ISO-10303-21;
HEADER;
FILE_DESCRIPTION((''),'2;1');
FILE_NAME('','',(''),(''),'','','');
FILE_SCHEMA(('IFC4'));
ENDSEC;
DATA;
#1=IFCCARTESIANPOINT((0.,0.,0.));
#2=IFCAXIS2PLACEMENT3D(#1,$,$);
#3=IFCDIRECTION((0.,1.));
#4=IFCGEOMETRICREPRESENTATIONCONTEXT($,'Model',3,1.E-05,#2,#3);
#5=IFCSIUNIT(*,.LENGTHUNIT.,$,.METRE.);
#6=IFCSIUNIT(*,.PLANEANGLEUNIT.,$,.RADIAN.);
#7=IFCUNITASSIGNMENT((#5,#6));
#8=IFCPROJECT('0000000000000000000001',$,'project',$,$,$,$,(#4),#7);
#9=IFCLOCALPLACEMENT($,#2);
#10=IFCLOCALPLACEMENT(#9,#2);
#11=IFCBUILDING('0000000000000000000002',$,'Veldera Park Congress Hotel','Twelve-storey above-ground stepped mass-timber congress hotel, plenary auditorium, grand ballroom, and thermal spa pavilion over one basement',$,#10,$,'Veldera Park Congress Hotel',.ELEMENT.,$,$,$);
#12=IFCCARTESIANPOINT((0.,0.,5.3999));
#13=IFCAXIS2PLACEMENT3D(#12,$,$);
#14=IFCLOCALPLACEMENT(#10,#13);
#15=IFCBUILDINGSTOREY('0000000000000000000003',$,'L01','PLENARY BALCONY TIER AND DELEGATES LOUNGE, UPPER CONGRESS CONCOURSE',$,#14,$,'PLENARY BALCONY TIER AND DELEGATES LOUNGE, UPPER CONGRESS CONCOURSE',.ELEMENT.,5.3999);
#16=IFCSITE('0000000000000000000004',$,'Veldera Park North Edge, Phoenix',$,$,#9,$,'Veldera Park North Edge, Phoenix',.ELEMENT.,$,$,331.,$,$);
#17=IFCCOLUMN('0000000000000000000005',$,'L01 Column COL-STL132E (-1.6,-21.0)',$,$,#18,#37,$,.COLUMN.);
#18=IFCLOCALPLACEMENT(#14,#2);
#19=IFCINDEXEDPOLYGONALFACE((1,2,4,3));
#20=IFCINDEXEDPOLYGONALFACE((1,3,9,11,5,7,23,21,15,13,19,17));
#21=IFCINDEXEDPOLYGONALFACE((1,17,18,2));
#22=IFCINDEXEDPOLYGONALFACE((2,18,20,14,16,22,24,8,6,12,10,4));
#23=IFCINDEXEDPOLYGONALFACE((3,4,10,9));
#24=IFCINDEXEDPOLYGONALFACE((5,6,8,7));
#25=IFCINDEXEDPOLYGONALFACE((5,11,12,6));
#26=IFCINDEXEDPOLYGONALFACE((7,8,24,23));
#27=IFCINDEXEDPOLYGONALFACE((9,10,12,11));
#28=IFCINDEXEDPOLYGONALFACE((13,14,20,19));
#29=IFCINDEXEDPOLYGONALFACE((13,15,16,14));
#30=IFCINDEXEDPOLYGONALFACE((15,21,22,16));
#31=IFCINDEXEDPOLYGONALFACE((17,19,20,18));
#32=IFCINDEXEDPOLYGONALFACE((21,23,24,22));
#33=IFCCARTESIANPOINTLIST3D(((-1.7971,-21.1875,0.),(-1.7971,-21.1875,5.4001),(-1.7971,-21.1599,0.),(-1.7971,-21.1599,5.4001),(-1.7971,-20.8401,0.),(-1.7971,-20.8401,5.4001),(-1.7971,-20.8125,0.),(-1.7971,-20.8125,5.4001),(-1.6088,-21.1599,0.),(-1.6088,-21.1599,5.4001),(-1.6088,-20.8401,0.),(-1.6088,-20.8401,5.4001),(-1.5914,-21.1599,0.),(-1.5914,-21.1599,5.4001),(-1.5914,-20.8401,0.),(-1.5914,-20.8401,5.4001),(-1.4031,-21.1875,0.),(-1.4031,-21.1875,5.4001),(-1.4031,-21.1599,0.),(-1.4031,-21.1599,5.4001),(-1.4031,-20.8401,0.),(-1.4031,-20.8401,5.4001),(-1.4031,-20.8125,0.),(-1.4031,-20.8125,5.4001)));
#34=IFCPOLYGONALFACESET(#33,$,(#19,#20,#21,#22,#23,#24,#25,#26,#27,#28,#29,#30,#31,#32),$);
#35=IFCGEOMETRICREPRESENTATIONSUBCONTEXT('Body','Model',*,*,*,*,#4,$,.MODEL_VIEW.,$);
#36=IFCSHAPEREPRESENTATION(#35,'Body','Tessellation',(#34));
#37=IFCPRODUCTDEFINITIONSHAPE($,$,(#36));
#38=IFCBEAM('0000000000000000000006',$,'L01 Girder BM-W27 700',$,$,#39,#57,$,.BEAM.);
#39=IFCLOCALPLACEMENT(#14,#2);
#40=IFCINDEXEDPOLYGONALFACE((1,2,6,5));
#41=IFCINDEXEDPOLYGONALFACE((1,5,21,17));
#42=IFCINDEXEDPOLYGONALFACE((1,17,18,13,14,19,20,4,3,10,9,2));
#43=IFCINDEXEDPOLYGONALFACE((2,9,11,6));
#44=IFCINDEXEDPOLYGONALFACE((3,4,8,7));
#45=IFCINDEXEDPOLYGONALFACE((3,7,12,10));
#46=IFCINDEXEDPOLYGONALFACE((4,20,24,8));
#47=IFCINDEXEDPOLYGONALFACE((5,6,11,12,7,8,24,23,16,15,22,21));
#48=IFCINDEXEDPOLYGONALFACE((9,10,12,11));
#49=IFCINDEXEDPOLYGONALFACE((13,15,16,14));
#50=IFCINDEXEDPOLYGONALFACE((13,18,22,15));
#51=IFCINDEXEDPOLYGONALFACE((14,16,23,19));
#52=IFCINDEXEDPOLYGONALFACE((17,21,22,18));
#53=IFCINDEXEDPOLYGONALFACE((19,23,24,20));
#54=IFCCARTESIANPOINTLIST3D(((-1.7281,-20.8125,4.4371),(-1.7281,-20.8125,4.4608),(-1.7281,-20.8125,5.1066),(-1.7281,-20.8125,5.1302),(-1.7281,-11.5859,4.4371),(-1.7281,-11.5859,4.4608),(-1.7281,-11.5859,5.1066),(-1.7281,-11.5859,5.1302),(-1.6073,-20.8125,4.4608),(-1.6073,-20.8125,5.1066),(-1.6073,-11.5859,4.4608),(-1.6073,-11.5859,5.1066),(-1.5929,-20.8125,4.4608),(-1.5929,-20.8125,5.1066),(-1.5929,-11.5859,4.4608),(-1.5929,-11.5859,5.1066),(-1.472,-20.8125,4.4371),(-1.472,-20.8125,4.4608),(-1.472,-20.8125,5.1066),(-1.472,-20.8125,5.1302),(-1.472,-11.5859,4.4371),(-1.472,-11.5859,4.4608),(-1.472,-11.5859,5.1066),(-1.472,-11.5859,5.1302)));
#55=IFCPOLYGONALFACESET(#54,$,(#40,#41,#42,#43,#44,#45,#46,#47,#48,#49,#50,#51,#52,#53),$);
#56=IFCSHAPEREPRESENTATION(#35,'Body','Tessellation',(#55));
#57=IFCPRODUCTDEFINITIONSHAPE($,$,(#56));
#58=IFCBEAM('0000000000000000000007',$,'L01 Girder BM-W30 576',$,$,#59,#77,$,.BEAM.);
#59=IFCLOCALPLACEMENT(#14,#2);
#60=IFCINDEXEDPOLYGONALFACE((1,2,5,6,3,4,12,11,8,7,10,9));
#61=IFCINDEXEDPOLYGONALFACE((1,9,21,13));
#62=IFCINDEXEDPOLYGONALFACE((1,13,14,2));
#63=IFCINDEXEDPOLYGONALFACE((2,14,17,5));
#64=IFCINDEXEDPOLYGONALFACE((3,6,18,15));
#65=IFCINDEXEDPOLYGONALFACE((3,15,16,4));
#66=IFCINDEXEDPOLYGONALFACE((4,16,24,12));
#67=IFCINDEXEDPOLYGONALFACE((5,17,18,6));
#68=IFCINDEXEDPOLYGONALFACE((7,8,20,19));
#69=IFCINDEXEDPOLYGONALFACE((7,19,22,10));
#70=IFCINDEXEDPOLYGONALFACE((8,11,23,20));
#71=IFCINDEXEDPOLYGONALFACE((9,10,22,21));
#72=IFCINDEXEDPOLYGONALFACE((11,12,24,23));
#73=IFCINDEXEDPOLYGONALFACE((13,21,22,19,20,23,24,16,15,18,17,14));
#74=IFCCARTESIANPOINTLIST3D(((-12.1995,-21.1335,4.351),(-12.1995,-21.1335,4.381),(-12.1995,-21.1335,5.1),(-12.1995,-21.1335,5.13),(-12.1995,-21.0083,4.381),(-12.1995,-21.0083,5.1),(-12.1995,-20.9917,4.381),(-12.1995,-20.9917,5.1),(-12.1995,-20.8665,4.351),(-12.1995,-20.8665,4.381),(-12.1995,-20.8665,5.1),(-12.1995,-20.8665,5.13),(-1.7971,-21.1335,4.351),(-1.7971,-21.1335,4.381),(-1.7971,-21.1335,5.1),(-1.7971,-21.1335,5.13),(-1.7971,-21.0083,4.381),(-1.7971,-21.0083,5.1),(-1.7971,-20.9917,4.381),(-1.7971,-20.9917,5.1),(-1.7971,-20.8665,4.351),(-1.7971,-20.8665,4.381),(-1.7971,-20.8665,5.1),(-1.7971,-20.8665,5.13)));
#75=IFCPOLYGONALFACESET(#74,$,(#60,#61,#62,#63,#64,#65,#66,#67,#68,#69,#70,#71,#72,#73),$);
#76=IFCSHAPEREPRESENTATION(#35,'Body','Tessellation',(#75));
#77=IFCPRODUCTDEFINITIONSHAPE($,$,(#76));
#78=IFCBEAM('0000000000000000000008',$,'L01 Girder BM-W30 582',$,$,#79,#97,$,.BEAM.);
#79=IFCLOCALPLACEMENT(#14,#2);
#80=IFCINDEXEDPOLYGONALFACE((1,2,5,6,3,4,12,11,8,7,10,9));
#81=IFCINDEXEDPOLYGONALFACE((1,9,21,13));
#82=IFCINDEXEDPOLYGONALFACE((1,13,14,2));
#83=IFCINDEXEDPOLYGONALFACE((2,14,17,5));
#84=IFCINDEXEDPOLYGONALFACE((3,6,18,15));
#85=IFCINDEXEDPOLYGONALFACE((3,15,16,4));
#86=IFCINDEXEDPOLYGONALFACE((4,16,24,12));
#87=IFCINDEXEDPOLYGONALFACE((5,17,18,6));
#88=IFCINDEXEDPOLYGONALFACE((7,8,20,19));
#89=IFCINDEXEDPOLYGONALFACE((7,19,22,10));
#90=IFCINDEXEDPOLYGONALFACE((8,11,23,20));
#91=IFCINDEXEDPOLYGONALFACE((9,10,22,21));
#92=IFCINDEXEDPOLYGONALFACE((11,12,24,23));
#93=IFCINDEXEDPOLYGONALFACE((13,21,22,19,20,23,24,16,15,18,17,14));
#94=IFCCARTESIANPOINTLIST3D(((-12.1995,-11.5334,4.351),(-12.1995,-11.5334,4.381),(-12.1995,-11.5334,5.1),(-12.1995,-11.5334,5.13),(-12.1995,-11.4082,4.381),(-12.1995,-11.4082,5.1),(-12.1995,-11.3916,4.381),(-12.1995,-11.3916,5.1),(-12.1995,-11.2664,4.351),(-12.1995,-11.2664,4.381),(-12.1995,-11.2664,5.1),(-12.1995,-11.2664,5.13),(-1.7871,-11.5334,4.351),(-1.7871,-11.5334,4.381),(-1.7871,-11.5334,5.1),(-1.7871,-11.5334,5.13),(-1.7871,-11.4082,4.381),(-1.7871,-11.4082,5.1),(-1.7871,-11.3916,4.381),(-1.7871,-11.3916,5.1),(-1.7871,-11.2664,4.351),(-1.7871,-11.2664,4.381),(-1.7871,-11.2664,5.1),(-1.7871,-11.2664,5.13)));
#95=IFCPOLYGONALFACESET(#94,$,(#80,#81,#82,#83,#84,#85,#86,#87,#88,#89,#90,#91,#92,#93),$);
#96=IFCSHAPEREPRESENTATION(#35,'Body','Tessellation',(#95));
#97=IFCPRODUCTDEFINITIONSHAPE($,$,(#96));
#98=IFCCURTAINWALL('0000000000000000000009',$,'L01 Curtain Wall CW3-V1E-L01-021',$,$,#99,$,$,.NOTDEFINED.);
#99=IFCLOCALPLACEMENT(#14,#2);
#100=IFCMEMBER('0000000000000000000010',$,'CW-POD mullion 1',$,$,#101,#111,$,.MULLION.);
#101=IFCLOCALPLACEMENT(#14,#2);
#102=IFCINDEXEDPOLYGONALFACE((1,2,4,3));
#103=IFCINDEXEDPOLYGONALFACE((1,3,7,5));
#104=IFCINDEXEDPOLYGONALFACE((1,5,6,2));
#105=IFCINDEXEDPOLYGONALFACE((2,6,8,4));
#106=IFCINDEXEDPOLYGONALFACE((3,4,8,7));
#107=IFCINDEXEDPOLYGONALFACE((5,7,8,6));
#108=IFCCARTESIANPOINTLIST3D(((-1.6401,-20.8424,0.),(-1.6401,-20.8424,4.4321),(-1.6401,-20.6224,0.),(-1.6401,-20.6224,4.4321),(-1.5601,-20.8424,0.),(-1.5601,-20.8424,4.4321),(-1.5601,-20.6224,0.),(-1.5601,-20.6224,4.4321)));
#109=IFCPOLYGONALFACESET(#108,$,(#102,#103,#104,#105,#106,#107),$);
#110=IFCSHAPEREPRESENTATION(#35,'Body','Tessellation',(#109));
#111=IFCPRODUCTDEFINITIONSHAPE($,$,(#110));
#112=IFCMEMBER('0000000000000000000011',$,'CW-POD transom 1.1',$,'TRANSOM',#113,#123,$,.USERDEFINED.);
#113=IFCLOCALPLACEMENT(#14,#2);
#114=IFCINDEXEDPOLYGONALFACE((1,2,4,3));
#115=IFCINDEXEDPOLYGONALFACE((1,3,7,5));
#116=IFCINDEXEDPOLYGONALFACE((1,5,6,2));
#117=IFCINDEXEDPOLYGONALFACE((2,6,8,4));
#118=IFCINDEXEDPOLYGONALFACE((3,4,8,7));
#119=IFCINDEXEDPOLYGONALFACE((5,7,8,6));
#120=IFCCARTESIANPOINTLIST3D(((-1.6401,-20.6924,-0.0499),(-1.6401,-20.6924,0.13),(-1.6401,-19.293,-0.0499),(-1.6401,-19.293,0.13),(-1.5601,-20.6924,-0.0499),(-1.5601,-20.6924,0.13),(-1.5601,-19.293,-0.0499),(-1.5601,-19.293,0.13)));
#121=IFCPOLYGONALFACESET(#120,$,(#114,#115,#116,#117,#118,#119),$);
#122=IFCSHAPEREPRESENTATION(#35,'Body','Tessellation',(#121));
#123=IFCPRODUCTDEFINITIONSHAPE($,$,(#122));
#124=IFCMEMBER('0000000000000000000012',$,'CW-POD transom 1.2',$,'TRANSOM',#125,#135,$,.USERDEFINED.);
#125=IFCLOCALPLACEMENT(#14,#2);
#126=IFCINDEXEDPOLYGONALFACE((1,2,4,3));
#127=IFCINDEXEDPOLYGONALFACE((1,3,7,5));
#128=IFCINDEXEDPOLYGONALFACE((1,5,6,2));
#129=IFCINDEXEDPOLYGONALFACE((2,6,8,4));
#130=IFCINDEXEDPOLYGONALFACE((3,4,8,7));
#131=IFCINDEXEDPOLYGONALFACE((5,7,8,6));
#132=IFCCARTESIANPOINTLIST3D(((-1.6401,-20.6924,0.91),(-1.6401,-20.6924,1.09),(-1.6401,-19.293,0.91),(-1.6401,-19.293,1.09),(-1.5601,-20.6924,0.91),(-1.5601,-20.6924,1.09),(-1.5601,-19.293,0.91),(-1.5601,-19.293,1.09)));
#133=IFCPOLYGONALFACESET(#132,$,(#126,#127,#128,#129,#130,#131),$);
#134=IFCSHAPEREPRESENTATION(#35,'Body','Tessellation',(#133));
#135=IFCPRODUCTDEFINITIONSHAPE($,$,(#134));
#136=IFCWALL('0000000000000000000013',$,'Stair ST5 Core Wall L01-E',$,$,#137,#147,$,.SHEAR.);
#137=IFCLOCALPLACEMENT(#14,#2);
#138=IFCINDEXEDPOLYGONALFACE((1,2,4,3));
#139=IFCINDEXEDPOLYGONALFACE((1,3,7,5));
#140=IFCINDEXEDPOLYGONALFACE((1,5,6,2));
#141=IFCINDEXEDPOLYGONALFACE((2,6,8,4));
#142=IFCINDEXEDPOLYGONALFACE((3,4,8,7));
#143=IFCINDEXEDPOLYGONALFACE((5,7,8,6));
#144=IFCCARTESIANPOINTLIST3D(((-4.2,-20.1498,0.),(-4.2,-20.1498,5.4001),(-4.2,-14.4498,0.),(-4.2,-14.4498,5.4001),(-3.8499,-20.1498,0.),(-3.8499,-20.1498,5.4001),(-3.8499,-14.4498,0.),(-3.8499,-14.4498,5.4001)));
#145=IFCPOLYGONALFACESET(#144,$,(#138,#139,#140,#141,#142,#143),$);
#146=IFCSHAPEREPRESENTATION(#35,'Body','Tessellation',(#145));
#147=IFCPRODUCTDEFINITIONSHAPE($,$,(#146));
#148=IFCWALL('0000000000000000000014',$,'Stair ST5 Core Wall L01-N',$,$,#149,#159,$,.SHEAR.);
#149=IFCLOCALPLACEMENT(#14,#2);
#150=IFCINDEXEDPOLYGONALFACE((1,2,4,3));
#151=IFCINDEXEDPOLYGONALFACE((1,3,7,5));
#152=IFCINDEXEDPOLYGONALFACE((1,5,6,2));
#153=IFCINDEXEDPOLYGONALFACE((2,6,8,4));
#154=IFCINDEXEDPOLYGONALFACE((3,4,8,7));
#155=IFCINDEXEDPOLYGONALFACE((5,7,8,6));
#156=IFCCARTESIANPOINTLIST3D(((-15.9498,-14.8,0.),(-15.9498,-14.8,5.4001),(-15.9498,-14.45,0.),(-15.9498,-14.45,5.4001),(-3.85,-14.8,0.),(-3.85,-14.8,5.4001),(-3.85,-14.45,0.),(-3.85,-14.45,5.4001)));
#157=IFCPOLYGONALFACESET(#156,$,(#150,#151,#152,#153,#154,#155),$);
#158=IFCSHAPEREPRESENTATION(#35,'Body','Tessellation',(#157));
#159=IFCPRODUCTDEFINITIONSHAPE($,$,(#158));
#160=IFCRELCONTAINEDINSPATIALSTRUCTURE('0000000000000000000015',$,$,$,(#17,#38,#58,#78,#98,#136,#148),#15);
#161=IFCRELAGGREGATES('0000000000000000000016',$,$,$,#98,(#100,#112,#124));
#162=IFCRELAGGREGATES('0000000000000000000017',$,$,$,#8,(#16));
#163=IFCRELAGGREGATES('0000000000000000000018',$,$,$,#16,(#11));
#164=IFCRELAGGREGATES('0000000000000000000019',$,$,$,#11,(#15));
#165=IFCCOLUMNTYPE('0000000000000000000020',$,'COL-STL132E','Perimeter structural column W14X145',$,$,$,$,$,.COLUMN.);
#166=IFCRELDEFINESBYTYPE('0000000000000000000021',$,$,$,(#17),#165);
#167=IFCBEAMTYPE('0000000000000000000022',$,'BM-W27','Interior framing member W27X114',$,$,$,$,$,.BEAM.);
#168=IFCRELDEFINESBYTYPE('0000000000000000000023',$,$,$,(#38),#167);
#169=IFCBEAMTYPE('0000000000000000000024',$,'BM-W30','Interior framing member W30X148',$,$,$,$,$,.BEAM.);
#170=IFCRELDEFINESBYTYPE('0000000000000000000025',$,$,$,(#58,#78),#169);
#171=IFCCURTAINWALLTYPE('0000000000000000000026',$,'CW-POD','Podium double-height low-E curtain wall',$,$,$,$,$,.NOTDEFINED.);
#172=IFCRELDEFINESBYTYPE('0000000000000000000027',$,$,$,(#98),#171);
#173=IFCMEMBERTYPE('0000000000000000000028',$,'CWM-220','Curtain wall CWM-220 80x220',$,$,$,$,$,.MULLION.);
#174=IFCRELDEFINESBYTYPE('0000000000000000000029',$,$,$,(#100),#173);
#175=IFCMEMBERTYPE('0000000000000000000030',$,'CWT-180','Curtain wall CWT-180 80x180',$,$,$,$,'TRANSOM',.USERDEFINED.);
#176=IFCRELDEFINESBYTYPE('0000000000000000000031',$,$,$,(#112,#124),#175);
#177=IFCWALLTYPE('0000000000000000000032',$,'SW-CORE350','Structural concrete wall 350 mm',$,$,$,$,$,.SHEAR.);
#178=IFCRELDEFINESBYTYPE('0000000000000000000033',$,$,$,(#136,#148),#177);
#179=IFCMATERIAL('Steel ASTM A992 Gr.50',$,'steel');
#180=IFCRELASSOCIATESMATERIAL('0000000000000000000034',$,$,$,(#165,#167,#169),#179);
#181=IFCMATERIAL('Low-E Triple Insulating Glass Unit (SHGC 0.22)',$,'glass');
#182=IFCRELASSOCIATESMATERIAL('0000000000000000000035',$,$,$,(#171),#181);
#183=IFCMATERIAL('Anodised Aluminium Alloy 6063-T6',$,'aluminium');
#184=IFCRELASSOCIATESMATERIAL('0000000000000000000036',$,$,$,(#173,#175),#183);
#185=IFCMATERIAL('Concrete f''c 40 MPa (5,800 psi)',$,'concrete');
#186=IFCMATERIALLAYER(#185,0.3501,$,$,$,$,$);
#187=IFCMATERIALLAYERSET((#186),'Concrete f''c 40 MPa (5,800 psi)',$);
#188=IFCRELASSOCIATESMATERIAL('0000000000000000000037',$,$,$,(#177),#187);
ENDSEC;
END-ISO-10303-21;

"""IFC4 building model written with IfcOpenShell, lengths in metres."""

from ifc_helpers import new_model, si_unit, direction, frame, frame_2d, origin, origin_2d, place, context, subcontext, project, spatial, rectangle, i_section, extrude, material, layer, layer_set, material_profile, profile_set, type_object, element, aggregate, save


model = new_model("IFC4")

# Units and contexts
model_context = context("Model", 3, precision=1e-05, world=origin(), true_north=direction((0.0, 1.0)))
body_context = subcontext(model_context, "Body", "Model", "MODEL_VIEW")
ifc_project = project(units=[si_unit("LENGTHUNIT", "METRE"), si_unit("PLANEANGLEUNIT", "RADIAN")], contexts=[model_context])

# Site, building, storey
site_placement = place(None, origin())
site = spatial("IfcSite", under=ifc_project, at=site_placement, Name="Veldera Park North Edge, Phoenix", LongName="Veldera Park North Edge, Phoenix", CompositionType="ELEMENT", RefElevation=331.0)
building_placement = place(site_placement, origin())
building = spatial("IfcBuilding", under=site, at=building_placement, Name="Veldera Park Congress Hotel", Description="Twelve-storey above-ground stepped mass-timber congress hotel, plenary auditorium, grand ballroom, and thermal spa pavilion over one basement", LongName="Veldera Park Congress Hotel", CompositionType="ELEMENT")
storey_placement = place(building_placement, frame((0.0, 0.0, 5.3999)))
storey = spatial("IfcBuildingStorey", under=building, at=storey_placement, Name="L01", Description="PLENARY BALCONY TIER AND DELEGATES LOUNGE, UPPER CONGRESS CONCOURSE", LongName="PLENARY BALCONY TIER AND DELEGATES LOUNGE, UPPER CONGRESS CONCOURSE", CompositionType="ELEMENT", Elevation=5.3999)

# Column
ifc_material_1 = material(Name="Steel ASTM A992 Gr.50", Category="steel")
ifc_material_profile_1 = material_profile(ifc_material_1, i_section(OverallWidth=0.394, OverallDepth=0.375, WebThickness=0.0173, FlangeThickness=0.0276, at=origin_2d()), Name="W14X145")
ifc_profile_set_1 = profile_set([ifc_material_profile_1], Name="Steel ASTM A992 Gr.50")
column_type = type_object("IfcColumnType", Name="COL-STL132E", Description="Perimeter structural column W14X145", PredefinedType="COLUMN", material=ifc_profile_set_1)
column_placement = place(storey_placement, frame((-1.6001, -21.0, 0.0), z_axis=(0.0, 0.0, 1.0), x_axis=(1.0, 0.0, 0.0)))
element("IfcColumn", 1, at=column_placement, inside=storey, type_object=column_type, Name="L01 Column COL-STL132E (-1.6,-21.0)", PredefinedType="COLUMN", context=body_context, shape_type="SweptSolid", body=[
    extrude(i_section(OverallWidth=0.394, OverallDepth=0.375, WebThickness=0.0173, FlangeThickness=0.0276, at=origin_2d()), origin(), (0.0, 0.0, 1.0), 5.4001),
])

# Beams
ifc_material_profile_2 = material_profile(ifc_material_1, i_section(OverallWidth=0.2561, OverallDepth=0.6931, WebThickness=0.0144, FlangeThickness=0.0237, at=origin_2d()), Name="W27X114")
ifc_profile_set_2 = profile_set([ifc_material_profile_2], Name="Steel ASTM A992 Gr.50")
beam_type_1 = type_object("IfcBeamType", Name="BM-W27", Description="Interior framing member W27X114", PredefinedType="BEAM", material=ifc_profile_set_2)
beam_1_placement = place(storey_placement, frame((-1.6001, -20.8125, 4.7837), z_axis=(0.0, 1.0, 0.0), x_axis=(-1.0, 0.0, 0.0)))
element("IfcBeam", 2, at=beam_1_placement, inside=storey, type_object=beam_type_1, Name="L01 Girder BM-W27 700", PredefinedType="BEAM", context=body_context, shape_type="SweptSolid", body=[
    extrude(i_section(OverallWidth=0.2561, OverallDepth=0.6931, WebThickness=0.0144, FlangeThickness=0.0237, at=origin_2d()), origin(), (0.0, 0.0, 1.0), 9.2266),
])
ifc_material_profile_3 = material_profile(ifc_material_1, i_section(OverallWidth=0.2671, OverallDepth=0.7791, WebThickness=0.0166, FlangeThickness=0.03, at=origin_2d()), Name="W30X148")
ifc_profile_set_3 = profile_set([ifc_material_profile_3], Name="Steel ASTM A992 Gr.50")
beam_type_2 = type_object("IfcBeamType", Name="BM-W30", Description="Interior framing member W30X148", PredefinedType="BEAM", material=ifc_profile_set_3)
beam_2_placement = place(storey_placement, frame((-12.1995, -21.0, 4.7405), z_axis=(1.0, 0.0, 0.0), x_axis=(0.0, 1.0, 0.0)))
element("IfcBeam", 3, at=beam_2_placement, inside=storey, type_object=beam_type_2, Name="L01 Girder BM-W30 576", PredefinedType="BEAM", context=body_context, shape_type="SweptSolid", body=[
    extrude(i_section(OverallWidth=0.2671, OverallDepth=0.7791, WebThickness=0.0166, FlangeThickness=0.03, at=origin_2d()), origin(), (0.0, 0.0, 1.0), 10.4023),
])
beam_3_placement = place(storey_placement, frame((-12.1995, -11.3999, 4.7405), z_axis=(1.0, 0.0, 0.0), x_axis=(0.0, 1.0, 0.0)))
element("IfcBeam", 4, at=beam_3_placement, inside=storey, type_object=beam_type_2, Name="L01 Girder BM-W30 582", PredefinedType="BEAM", context=body_context, shape_type="SweptSolid", body=[
    extrude(i_section(OverallWidth=0.2671, OverallDepth=0.7791, WebThickness=0.0166, FlangeThickness=0.03, at=origin_2d()), origin(), (0.0, 0.0, 1.0), 10.4124),
])

# Curtain wall, members
ifc_material_2 = material(Name="Low-E Triple Insulating Glass Unit (SHGC 0.22)", Category="glass")
curtain_wall_type = type_object("IfcCurtainWallType", Name="CW-POD", Description="Podium double-height low-E curtain wall", PredefinedType="NOTDEFINED", material=ifc_material_2)
curtain_wall_placement = place(storey_placement, origin())
curtain_wall = element("IfcCurtainWall", 5, at=curtain_wall_placement, inside=storey, type_object=curtain_wall_type, Name="L01 Curtain Wall CW3-V1E-L01-021", PredefinedType="NOTDEFINED")
ifc_material_3 = material(Name="Anodised Aluminium Alloy 6063-T6", Category="aluminium")
ifc_material_profile_4 = material_profile(ifc_material_3, rectangle(XDim=0.0801, YDim=0.22, at=origin_2d()), Name="ALU 80x220")
ifc_profile_set_4 = profile_set([ifc_material_profile_4], Name="Anodised Aluminium Alloy 6063-T6")
member_type_1 = type_object("IfcMemberType", Name="CWM-220", Description="Curtain wall CWM-220 80x220", PredefinedType="MULLION", material=ifc_profile_set_4)
member_1_placement = place(storey_placement, frame((-1.6001, -20.7324, 0.0), z_axis=(0.0, 0.0, 1.0), x_axis=(-1.0, 0.0, 0.0)))
member_1 = element("IfcMember", 6, at=member_1_placement, type_object=member_type_1, Name="CW-POD mullion 1", PredefinedType="MULLION", context=body_context, shape_type="SweptSolid", body=[
    extrude(rectangle(XDim=0.0801, YDim=0.22, at=origin_2d()), origin(), (0.0, 0.0, 1.0), 4.4321),
])
ifc_material_profile_5 = material_profile(ifc_material_3, rectangle(XDim=0.0801, YDim=0.1799, at=origin_2d()), Name="ALU 80x180")
ifc_profile_set_5 = profile_set([ifc_material_profile_5], Name="Anodised Aluminium Alloy 6063-T6")
member_type_2 = type_object("IfcMemberType", Name="CWT-180", Description="Curtain wall CWT-180 80x180", ElementType="TRANSOM", PredefinedType="USERDEFINED", material=ifc_profile_set_5)
member_2_placement = place(storey_placement, frame((-1.6001, -20.6924, 0.04), z_axis=(0.0, 1.0, 0.0), x_axis=(-1.0, 0.0, 0.0)))
member_2 = element("IfcMember", 7, at=member_2_placement, type_object=member_type_2, Name="CW-POD transom 1.1", ObjectType="TRANSOM", PredefinedType="USERDEFINED", context=body_context, shape_type="SweptSolid", body=[
    extrude(rectangle(XDim=0.0801, YDim=0.1799, at=origin_2d()), origin(), (0.0, 0.0, 1.0), 1.3994),
])
member_3_placement = place(storey_placement, frame((-1.6001, -20.6924, 1.0), z_axis=(0.0, 1.0, 0.0), x_axis=(-1.0, 0.0, 0.0)))
member_3 = element("IfcMember", 8, at=member_3_placement, type_object=member_type_2, Name="CW-POD transom 1.2", ObjectType="TRANSOM", PredefinedType="USERDEFINED", context=body_context, shape_type="SweptSolid", body=[
    extrude(rectangle(XDim=0.0801, YDim=0.1799, at=origin_2d()), origin(), (0.0, 0.0, 1.0), 1.3994),
])
aggregate(curtain_wall, [member_1, member_2, member_3])

# Walls
ifc_material_4 = material(Name="Concrete f'c 40 MPa (5,800 psi)", Category="concrete")
ifc_layer = layer(ifc_material_4, 0.3501)
ifc_layer_set = layer_set([ifc_layer], Name="Concrete f'c 40 MPa (5,800 psi)")
wall_type = type_object("IfcWallType", Name="SW-CORE350", Description="Structural concrete wall 350 mm", PredefinedType="SHEAR", material=ifc_layer_set)
wall_1_placement = place(storey_placement, frame((-4.0249, -20.1499, 0.0), z_axis=(0.0, 0.0, 1.0), x_axis=(0.0, 1.0, 0.0)))
element("IfcWall", 9, at=wall_1_placement, inside=storey, type_object=wall_type, Name="Stair ST5 Core Wall L01-E", PredefinedType="SHEAR", context=body_context, shape_type="SweptSolid", body=[
    extrude(rectangle(XDim=5.7, YDim=0.3501, at=frame_2d((2.8501, 0.0))), origin(), (0.0, 0.0, 1.0), 5.4001),
])
wall_2_placement = place(storey_placement, frame((-3.8501, -14.625, 0.0), z_axis=(0.0, 0.0, 1.0), x_axis=(-1.0, 0.0, 0.0)))
element("IfcWall", 10, at=wall_2_placement, inside=storey, type_object=wall_type, Name="Stair ST5 Core Wall L01-N", PredefinedType="SHEAR", context=body_context, shape_type="SweptSolid", body=[
    extrude(rectangle(XDim=12.0999, YDim=0.3501, at=frame_2d((6.0498, 0.0))), origin(), (0.0, 0.0, 1.0), 5.4001),
])

save(model, "model.ifc")
